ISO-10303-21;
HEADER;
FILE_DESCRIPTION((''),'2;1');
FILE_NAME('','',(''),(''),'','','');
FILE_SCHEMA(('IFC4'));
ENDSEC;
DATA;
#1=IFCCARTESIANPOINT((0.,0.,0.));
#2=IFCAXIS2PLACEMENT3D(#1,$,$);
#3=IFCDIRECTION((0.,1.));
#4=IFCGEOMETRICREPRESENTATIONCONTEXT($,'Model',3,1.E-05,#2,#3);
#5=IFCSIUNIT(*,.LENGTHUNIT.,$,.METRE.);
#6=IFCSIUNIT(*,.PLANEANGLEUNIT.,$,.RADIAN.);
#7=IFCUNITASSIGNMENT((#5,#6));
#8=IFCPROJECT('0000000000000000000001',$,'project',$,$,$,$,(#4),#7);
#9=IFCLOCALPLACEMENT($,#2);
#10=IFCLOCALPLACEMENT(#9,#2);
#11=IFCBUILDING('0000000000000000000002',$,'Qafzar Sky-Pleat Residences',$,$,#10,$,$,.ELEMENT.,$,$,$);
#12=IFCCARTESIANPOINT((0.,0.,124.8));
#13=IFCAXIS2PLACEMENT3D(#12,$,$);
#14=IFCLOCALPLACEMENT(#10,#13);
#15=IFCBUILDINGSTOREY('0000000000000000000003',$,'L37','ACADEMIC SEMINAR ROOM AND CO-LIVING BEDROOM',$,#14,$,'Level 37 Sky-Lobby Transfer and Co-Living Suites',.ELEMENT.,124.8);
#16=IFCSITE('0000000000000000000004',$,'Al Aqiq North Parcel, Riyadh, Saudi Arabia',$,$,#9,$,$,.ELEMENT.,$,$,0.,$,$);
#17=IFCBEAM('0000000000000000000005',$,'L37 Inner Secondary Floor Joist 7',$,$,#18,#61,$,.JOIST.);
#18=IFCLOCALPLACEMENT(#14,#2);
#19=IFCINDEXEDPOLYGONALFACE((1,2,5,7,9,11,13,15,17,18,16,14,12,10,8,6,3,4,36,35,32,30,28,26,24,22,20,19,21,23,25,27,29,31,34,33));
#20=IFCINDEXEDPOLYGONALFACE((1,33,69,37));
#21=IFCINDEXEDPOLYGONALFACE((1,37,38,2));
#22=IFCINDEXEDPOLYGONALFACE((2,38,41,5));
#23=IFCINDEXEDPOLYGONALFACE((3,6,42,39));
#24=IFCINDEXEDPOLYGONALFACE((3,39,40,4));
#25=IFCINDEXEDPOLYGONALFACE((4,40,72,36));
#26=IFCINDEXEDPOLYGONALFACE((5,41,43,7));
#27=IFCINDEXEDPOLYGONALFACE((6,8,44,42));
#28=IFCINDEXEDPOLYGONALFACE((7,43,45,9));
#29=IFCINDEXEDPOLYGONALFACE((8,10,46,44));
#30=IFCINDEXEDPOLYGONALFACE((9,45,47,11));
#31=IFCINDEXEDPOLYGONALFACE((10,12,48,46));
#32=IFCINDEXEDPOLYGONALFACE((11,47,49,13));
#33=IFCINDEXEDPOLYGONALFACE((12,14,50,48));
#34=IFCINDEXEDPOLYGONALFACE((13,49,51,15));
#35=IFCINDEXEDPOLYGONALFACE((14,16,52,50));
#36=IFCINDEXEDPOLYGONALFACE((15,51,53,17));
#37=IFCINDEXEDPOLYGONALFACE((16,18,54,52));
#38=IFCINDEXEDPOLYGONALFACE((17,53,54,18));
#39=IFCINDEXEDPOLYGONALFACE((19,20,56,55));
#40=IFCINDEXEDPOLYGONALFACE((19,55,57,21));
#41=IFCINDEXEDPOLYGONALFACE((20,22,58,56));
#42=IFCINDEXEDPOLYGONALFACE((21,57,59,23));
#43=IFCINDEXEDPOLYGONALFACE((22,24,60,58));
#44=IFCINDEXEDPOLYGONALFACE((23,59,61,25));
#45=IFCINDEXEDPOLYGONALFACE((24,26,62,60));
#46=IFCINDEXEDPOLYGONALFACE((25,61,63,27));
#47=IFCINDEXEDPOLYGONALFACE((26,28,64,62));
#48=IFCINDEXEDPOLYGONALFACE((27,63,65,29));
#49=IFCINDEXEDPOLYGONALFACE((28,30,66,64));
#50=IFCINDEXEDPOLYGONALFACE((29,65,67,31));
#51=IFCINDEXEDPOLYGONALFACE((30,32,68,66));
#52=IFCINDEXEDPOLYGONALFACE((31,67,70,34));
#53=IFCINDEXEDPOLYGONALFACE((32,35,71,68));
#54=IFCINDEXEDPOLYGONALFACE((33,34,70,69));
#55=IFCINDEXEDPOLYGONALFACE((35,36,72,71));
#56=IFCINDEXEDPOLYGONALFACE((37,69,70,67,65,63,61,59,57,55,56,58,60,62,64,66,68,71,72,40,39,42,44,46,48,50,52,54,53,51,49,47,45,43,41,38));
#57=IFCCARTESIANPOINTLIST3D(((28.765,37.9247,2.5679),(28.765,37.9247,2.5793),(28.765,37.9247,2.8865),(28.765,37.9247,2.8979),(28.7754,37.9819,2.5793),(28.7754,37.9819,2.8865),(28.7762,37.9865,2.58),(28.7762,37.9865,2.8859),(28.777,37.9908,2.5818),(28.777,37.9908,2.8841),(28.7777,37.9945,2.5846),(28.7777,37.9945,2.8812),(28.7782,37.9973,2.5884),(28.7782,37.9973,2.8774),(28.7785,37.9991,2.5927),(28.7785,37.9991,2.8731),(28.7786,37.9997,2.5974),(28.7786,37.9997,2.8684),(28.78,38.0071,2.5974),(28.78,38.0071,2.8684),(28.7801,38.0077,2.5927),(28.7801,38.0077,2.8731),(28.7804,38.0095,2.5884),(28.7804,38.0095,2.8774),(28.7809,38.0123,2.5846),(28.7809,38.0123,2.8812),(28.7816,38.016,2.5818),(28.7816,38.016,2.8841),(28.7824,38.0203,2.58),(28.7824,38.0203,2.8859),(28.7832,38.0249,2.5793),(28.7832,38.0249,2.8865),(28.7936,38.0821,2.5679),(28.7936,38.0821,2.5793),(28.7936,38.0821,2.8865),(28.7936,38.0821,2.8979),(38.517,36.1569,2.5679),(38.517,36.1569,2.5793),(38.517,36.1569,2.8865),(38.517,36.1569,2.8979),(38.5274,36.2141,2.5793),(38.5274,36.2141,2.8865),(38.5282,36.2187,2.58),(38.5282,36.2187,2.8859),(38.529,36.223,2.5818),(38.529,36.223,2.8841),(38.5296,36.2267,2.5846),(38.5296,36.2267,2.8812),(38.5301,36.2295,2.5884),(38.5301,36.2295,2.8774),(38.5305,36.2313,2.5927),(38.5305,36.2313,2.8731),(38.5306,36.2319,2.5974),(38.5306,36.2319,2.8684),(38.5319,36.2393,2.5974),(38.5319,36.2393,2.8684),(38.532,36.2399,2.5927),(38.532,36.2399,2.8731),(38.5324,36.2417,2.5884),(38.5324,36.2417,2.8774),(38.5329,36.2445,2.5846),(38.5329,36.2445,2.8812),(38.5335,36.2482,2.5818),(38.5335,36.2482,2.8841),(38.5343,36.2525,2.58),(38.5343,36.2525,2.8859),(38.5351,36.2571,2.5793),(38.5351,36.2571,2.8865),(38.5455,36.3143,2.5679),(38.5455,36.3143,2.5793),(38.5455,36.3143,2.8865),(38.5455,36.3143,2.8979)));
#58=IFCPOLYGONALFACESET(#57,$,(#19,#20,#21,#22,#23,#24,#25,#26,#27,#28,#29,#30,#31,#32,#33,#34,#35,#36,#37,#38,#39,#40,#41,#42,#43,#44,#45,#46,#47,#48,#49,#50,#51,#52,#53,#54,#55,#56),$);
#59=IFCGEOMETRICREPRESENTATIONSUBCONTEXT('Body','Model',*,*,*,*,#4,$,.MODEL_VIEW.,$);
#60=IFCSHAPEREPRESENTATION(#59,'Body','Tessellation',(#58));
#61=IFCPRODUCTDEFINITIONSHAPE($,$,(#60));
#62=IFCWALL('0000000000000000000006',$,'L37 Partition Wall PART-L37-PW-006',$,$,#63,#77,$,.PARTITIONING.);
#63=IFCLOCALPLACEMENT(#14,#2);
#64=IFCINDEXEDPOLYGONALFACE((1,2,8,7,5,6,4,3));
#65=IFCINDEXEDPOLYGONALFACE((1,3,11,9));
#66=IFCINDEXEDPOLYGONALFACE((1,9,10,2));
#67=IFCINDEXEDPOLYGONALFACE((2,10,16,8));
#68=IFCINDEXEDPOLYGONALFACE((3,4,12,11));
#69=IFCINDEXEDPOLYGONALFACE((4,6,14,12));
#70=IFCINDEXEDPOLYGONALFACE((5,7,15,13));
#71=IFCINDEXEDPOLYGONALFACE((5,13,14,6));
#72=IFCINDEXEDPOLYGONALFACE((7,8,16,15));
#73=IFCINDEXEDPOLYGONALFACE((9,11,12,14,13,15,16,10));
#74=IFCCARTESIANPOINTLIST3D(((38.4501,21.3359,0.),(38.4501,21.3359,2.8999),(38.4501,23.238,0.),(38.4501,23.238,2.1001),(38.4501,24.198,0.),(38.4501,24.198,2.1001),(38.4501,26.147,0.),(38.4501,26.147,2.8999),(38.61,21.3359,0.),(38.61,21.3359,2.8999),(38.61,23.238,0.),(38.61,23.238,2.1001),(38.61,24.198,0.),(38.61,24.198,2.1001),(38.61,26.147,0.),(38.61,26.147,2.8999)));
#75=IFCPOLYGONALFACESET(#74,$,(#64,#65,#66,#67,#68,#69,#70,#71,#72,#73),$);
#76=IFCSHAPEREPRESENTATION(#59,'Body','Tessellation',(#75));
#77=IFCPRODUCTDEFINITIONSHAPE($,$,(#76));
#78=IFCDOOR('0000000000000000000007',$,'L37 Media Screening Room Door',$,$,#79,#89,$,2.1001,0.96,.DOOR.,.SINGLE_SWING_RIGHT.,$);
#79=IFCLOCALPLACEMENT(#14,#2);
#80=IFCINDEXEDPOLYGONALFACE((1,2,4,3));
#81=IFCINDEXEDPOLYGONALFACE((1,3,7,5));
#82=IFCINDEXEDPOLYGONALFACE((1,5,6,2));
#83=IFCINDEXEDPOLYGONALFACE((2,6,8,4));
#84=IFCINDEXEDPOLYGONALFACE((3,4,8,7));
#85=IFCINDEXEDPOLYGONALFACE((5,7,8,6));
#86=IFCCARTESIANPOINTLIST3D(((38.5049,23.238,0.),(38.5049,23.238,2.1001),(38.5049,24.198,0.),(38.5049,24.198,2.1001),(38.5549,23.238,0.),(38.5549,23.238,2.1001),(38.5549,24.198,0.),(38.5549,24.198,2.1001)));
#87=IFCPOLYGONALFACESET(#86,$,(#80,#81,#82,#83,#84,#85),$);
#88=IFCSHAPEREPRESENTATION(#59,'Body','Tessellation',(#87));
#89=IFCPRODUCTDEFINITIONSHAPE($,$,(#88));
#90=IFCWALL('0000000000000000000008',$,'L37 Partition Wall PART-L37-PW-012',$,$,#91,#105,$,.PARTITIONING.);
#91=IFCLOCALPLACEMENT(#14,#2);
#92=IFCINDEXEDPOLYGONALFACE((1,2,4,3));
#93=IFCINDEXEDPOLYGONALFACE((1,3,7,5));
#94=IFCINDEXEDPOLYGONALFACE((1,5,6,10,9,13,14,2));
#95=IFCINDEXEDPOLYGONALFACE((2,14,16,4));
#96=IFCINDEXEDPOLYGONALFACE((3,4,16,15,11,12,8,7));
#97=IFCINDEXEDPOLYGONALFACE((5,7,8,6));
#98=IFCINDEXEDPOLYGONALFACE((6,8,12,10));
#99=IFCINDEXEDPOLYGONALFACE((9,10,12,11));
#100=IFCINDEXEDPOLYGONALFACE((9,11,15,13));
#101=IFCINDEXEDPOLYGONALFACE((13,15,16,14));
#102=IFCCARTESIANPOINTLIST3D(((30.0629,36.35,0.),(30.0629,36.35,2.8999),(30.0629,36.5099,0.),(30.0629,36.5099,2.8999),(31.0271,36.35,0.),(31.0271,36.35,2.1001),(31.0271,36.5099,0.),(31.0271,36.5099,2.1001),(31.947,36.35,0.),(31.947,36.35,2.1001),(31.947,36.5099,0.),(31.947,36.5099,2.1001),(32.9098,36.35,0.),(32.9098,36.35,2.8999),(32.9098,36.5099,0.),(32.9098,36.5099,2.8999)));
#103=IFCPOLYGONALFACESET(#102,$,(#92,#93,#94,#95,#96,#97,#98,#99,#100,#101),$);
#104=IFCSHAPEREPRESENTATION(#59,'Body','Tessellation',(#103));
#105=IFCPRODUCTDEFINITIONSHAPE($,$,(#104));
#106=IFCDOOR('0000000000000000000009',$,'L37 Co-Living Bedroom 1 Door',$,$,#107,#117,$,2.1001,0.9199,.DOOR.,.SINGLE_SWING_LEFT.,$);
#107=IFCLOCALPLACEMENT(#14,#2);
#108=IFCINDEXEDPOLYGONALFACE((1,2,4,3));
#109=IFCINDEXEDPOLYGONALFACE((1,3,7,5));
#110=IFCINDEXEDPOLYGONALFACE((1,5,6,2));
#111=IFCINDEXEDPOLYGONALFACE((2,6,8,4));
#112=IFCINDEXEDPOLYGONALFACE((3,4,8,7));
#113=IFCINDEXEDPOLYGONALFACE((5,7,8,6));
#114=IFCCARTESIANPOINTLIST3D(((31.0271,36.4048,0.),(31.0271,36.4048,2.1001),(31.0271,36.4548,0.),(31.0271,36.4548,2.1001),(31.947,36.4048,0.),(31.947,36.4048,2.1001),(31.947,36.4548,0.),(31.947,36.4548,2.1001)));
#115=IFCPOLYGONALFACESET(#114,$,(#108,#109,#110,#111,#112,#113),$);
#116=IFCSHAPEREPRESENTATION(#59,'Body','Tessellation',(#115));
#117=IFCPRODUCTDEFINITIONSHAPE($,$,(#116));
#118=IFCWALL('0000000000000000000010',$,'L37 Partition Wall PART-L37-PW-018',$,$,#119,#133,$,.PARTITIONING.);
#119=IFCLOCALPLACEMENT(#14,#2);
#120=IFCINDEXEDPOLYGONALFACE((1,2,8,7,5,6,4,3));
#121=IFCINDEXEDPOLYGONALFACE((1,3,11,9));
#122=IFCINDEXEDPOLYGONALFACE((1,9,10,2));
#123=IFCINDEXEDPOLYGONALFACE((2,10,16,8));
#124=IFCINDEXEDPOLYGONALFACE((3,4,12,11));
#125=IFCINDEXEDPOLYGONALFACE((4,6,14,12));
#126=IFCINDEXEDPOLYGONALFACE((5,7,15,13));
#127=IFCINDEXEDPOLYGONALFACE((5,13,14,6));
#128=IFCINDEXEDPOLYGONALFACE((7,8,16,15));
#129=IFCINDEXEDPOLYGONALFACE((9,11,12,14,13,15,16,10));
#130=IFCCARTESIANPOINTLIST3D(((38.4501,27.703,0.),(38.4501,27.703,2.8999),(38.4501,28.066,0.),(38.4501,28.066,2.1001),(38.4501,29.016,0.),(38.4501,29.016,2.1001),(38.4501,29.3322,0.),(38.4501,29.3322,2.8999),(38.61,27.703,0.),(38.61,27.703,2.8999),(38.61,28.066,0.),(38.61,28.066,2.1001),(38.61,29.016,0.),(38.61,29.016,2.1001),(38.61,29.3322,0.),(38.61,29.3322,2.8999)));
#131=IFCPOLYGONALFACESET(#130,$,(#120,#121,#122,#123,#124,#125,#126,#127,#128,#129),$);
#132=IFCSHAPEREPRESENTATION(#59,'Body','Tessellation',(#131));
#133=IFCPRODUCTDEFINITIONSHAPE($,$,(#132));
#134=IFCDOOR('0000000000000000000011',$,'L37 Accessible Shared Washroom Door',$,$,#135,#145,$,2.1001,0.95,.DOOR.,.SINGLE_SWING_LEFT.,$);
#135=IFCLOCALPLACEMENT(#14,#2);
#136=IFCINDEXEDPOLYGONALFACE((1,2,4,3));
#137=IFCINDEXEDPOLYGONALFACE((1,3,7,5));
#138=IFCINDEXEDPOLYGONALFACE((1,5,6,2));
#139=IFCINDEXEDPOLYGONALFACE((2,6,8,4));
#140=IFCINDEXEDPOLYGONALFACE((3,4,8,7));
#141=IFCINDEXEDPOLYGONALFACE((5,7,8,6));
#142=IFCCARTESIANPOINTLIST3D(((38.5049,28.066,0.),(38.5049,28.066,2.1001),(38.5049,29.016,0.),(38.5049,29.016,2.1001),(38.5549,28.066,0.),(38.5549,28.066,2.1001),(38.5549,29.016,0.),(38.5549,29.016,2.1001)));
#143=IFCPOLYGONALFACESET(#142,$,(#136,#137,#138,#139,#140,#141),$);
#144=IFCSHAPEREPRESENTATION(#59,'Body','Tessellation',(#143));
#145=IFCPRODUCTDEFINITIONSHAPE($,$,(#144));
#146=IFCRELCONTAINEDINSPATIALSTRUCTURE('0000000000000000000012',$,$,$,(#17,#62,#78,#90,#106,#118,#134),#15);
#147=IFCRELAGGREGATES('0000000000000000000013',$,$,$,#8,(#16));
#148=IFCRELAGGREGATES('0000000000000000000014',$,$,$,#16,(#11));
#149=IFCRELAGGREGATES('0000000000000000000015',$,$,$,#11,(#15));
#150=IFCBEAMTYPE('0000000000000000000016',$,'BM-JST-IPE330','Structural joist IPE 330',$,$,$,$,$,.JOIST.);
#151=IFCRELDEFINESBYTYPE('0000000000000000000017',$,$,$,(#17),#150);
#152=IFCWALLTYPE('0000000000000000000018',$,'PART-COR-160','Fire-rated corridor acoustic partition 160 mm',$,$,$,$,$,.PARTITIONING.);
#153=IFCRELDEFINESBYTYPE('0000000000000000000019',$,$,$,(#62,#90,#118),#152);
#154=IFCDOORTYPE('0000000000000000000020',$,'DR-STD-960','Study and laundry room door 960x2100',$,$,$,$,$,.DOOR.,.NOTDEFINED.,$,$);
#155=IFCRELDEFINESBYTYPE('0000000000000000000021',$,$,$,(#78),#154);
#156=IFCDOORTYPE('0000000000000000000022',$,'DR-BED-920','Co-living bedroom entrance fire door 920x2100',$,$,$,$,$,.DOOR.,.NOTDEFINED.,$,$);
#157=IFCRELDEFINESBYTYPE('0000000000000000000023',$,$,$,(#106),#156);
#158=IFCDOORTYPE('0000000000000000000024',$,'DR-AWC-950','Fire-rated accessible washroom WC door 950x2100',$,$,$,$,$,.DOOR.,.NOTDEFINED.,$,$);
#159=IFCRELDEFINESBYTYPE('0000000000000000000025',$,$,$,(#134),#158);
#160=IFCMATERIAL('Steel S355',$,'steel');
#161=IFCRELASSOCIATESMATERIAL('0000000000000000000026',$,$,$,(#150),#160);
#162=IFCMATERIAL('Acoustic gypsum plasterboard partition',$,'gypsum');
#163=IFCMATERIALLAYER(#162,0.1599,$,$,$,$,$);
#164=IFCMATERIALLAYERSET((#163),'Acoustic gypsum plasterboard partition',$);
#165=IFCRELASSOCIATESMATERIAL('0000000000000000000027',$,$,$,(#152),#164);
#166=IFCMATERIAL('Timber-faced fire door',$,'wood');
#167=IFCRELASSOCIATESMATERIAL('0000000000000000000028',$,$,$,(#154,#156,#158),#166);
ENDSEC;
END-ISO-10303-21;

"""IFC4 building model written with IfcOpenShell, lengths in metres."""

from ifc_helpers import new_model, si_unit, direction, frame, frame_2d, origin, origin_2d, place, context, subcontext, project, spatial, rectangle, i_section, extrude, source, transform, mapped, material, layer, layer_set, material_profile, profile_set, type_object, element, fill, save


model = new_model("IFC4")

# Units and contexts
model_context = context("Model", 3, precision=1e-05, world=origin(), true_north=direction((0.0, 1.0)))
body_context = subcontext(model_context, "Body", "Model", "MODEL_VIEW")
ifc_project = project(units=[si_unit("LENGTHUNIT", "METRE"), si_unit("PLANEANGLEUNIT", "RADIAN")], contexts=[model_context])

# Site, building, storey
site_placement = place(None, origin())
site = spatial("IfcSite", under=ifc_project, at=site_placement, Name="Al Aqiq North Parcel, Riyadh, Saudi Arabia", CompositionType="ELEMENT", RefElevation=0.0)
building_placement = place(site_placement, origin())
building = spatial("IfcBuilding", under=site, at=building_placement, Name="Qafzar Sky-Pleat Residences", CompositionType="ELEMENT")
storey_placement = place(building_placement, frame((0.0, 0.0, 124.8)))
storey = spatial("IfcBuildingStorey", under=building, at=storey_placement, Name="L37", Description="ACADEMIC SEMINAR ROOM AND CO-LIVING BEDROOM", LongName="Level 37 Sky-Lobby Transfer and Co-Living Suites", CompositionType="ELEMENT", Elevation=124.8)

# Beam
ifc_material_1 = material(Name="Steel S355", Category="steel")
ifc_material_profile = material_profile(ifc_material_1, i_section(OverallWidth=0.1599, OverallDepth=0.3301, WebThickness=0.0076, FlangeThickness=0.0115, FilletRadius=0.0181, at=origin_2d()), Name="IPE 330")
ifc_profile_set = profile_set([ifc_material_profile], Name="Steel S355")
beam_type = type_object("IfcBeamType", Name="BM-JST-IPE330", Description="Structural joist IPE 330", PredefinedType="JOIST", material=ifc_profile_set)
shared_shape_1 = source(origin(), body_context, "Body", "SweptSolid", [
    extrude(i_section(OverallWidth=0.1599, OverallDepth=0.3301, WebThickness=0.0076, FlangeThickness=0.0115, FilletRadius=0.0181, at=origin_2d()), origin(), (0.0, 0.0, 1.0), 9.9109),
])
beam_placement = place(storey_placement, frame((38.5312, 36.2356, 2.7329), z_axis=(-0.983963, 0.178372, 0.0), x_axis=(-0.178372, -0.983963, 0.0)))
element("IfcBeam", 1, at=beam_placement, inside=storey, type_object=beam_type, Name="L37 Inner Secondary Floor Joist 7", PredefinedType="JOIST", context=body_context, shape_type="MappedRepresentation", body=[
    mapped(shared_shape_1, transform((0.0, 0.0, 0.0), x_axis=(1.0, 0.0, 0.0), y_axis=(0.0, 1.0, 0.0), z_axis=(0.0, 0.0, 1.0), scale=1.0)),
])

# Walls, openings, doors
ifc_material_2 = material(Name="Acoustic gypsum plasterboard partition", Category="gypsum")
ifc_layer_1 = layer(ifc_material_2, 0.1599)
ifc_layer_set_1 = layer_set([ifc_layer_1], Name="Acoustic gypsum plasterboard partition")
wall_type_1 = type_object("IfcWallType", Name="PART-COR-160", Description="Fire-rated corridor acoustic partition 160 mm", PredefinedType="PARTITIONING", material=ifc_layer_set_1)
wall_1_placement = place(storey_placement, frame((38.53, 26.147, 0.0), z_axis=(0.0, 0.0, 1.0), x_axis=(0.0, -1.0, 0.0)))
wall_1 = element("IfcWall", 2, at=wall_1_placement, inside=storey, type_object=wall_type_1, Name="L37 Partition Wall PART-L37-PW-006", PredefinedType="PARTITIONING", context=body_context, shape_type="SweptSolid", body=[
    extrude(rectangle(XDim=4.811, YDim=0.1599, at=frame_2d((2.4055, 0.0))), origin(), (0.0, 0.0, 1.0), 2.8999),
])
opening_1_placement = place(wall_1_placement, frame((1.949, 0.0, 0.0)))
opening_1 = element("IfcOpeningElement", 3, at=opening_1_placement, cuts=wall_1, PredefinedType="OPENING", context=body_context, shape_type="SweptSolid", body=[
    extrude(rectangle(XDim=0.96, YDim=2.1001, at=frame_2d((0.48, 1.05))), frame((0.0, 0.0898, 0.0), z_axis=(0.0, -1.0, 0.0), x_axis=(1.0, 0.0, 0.0)), (0.0, 0.0, 1.0), 0.1799),
])
ifc_material_3 = material(Name="Timber-faced fire door", Category="wood")
door_type_1 = type_object("IfcDoorType", Name="DR-STD-960", Description="Study and laundry room door 960x2100", OperationType="NOTDEFINED", PredefinedType="DOOR", material=ifc_material_3)
shared_shape_2 = source(origin(), body_context, "Body", "SweptSolid", [
    extrude(rectangle(XDim=0.96, YDim=2.1001, at=frame_2d((0.48, 1.05))), frame((0.0, 0.0249, 0.0), z_axis=(0.0, -1.0, 0.0), x_axis=(1.0, 0.0, 0.0)), (0.0, 0.0, 1.0), 0.05),
])
door_1_placement = place(opening_1_placement, origin())
door_1 = element("IfcDoor", 4, at=door_1_placement, inside=storey, type_object=door_type_1, Name="L37 Media Screening Room Door", OperationType="SINGLE_SWING_RIGHT", OverallHeight=2.1001, OverallWidth=0.96, PredefinedType="DOOR", context=body_context, shape_type="MappedRepresentation", body=[
    mapped(shared_shape_2, transform((0.0, 0.0, 0.0), x_axis=(1.0, 0.0, 0.0), y_axis=(0.0, 1.0, 0.0), z_axis=(0.0, 0.0, 1.0), scale=1.0)),
])
fill(opening_1, door_1)
wall_2_placement = place(storey_placement, frame((30.063, 36.4299, 0.0), z_axis=(0.0, 0.0, 1.0), x_axis=(1.0, 0.0, 0.0)))
wall_2 = element("IfcWall", 5, at=wall_2_placement, inside=storey, type_object=wall_type_1, Name="L37 Partition Wall PART-L37-PW-012", PredefinedType="PARTITIONING", context=body_context, shape_type="SweptSolid", body=[
    extrude(rectangle(XDim=2.8469, YDim=0.1599, at=frame_2d((1.4233, 0.0))), origin(), (0.0, 0.0, 1.0), 2.8999),
])
opening_2_placement = place(wall_2_placement, frame((0.9641, 0.0, 0.0)))
opening_2 = element("IfcOpeningElement", 6, at=opening_2_placement, cuts=wall_2, PredefinedType="OPENING", context=body_context, shape_type="SweptSolid", body=[
    extrude(rectangle(XDim=0.9199, YDim=2.1001, at=frame_2d((0.46, 1.05))), frame((0.0, 0.0898, 0.0), z_axis=(0.0, -1.0, 0.0), x_axis=(1.0, 0.0, 0.0)), (0.0, 0.0, 1.0), 0.1799),
])
door_type_2 = type_object("IfcDoorType", Name="DR-BED-920", Description="Co-living bedroom entrance fire door 920x2100", OperationType="NOTDEFINED", PredefinedType="DOOR", material=ifc_material_3)
shared_shape_3 = source(origin(), body_context, "Body", "SweptSolid", [
    extrude(rectangle(XDim=0.9199, YDim=2.1001, at=frame_2d((0.46, 1.05))), frame((0.0, 0.0249, 0.0), z_axis=(0.0, -1.0, 0.0), x_axis=(1.0, 0.0, 0.0)), (0.0, 0.0, 1.0), 0.05),
])
door_2_placement = place(opening_2_placement, origin())
door_2 = element("IfcDoor", 7, at=door_2_placement, inside=storey, type_object=door_type_2, Name="L37 Co-Living Bedroom 1 Door", OperationType="SINGLE_SWING_LEFT", OverallHeight=2.1001, OverallWidth=0.9199, PredefinedType="DOOR", context=body_context, shape_type="MappedRepresentation", body=[
    mapped(shared_shape_3, transform((0.0, 0.0, 0.0), x_axis=(1.0, 0.0, 0.0), y_axis=(0.0, 1.0, 0.0), z_axis=(0.0, 0.0, 1.0), scale=1.0)),
])
fill(opening_2, door_2)
wall_3_placement = place(storey_placement, frame((38.53, 29.332, 0.0), z_axis=(0.0, 0.0, 1.0), x_axis=(0.0, -1.0, 0.0)))
wall_3 = element("IfcWall", 8, at=wall_3_placement, inside=storey, type_object=wall_type_1, Name="L37 Partition Wall PART-L37-PW-018", PredefinedType="PARTITIONING", context=body_context, shape_type="SweptSolid", body=[
    extrude(rectangle(XDim=1.6292, YDim=0.1599, at=frame_2d((0.8145, 0.0))), origin(), (0.0, 0.0, 1.0), 2.8999),
])
opening_3_placement = place(wall_3_placement, frame((0.3159, 0.0, 0.0)))
opening_3 = element("IfcOpeningElement", 9, at=opening_3_placement, cuts=wall_3, PredefinedType="OPENING", context=body_context, shape_type="SweptSolid", body=[
    extrude(rectangle(XDim=0.95, YDim=2.1001, at=frame_2d((0.4751, 1.05))), frame((0.0, 0.0898, 0.0), z_axis=(0.0, -1.0, 0.0), x_axis=(1.0, 0.0, 0.0)), (0.0, 0.0, 1.0), 0.1799),
])
door_type_3 = type_object("IfcDoorType", Name="DR-AWC-950", Description="Fire-rated accessible washroom WC door 950x2100", OperationType="NOTDEFINED", PredefinedType="DOOR", material=ifc_material_3)
shared_shape_4 = source(origin(), body_context, "Body", "SweptSolid", [
    extrude(rectangle(XDim=0.95, YDim=2.1001, at=frame_2d((0.4751, 1.05))), frame((0.0, 0.0249, 0.0), z_axis=(0.0, -1.0, 0.0), x_axis=(1.0, 0.0, 0.0)), (0.0, 0.0, 1.0), 0.05),
])
door_3_placement = place(opening_3_placement, origin())
door_3 = element("IfcDoor", 10, at=door_3_placement, inside=storey, type_object=door_type_3, Name="L37 Accessible Shared Washroom Door", OperationType="SINGLE_SWING_LEFT", OverallHeight=2.1001, OverallWidth=0.95, PredefinedType="DOOR", context=body_context, shape_type="MappedRepresentation", body=[
    mapped(shared_shape_4, transform((0.0, 0.0, 0.0), x_axis=(1.0, 0.0, 0.0), y_axis=(0.0, 1.0, 0.0), z_axis=(0.0, 0.0, 1.0), scale=1.0)),
])
fill(opening_3, door_3)

save(model, "model.ifc")
